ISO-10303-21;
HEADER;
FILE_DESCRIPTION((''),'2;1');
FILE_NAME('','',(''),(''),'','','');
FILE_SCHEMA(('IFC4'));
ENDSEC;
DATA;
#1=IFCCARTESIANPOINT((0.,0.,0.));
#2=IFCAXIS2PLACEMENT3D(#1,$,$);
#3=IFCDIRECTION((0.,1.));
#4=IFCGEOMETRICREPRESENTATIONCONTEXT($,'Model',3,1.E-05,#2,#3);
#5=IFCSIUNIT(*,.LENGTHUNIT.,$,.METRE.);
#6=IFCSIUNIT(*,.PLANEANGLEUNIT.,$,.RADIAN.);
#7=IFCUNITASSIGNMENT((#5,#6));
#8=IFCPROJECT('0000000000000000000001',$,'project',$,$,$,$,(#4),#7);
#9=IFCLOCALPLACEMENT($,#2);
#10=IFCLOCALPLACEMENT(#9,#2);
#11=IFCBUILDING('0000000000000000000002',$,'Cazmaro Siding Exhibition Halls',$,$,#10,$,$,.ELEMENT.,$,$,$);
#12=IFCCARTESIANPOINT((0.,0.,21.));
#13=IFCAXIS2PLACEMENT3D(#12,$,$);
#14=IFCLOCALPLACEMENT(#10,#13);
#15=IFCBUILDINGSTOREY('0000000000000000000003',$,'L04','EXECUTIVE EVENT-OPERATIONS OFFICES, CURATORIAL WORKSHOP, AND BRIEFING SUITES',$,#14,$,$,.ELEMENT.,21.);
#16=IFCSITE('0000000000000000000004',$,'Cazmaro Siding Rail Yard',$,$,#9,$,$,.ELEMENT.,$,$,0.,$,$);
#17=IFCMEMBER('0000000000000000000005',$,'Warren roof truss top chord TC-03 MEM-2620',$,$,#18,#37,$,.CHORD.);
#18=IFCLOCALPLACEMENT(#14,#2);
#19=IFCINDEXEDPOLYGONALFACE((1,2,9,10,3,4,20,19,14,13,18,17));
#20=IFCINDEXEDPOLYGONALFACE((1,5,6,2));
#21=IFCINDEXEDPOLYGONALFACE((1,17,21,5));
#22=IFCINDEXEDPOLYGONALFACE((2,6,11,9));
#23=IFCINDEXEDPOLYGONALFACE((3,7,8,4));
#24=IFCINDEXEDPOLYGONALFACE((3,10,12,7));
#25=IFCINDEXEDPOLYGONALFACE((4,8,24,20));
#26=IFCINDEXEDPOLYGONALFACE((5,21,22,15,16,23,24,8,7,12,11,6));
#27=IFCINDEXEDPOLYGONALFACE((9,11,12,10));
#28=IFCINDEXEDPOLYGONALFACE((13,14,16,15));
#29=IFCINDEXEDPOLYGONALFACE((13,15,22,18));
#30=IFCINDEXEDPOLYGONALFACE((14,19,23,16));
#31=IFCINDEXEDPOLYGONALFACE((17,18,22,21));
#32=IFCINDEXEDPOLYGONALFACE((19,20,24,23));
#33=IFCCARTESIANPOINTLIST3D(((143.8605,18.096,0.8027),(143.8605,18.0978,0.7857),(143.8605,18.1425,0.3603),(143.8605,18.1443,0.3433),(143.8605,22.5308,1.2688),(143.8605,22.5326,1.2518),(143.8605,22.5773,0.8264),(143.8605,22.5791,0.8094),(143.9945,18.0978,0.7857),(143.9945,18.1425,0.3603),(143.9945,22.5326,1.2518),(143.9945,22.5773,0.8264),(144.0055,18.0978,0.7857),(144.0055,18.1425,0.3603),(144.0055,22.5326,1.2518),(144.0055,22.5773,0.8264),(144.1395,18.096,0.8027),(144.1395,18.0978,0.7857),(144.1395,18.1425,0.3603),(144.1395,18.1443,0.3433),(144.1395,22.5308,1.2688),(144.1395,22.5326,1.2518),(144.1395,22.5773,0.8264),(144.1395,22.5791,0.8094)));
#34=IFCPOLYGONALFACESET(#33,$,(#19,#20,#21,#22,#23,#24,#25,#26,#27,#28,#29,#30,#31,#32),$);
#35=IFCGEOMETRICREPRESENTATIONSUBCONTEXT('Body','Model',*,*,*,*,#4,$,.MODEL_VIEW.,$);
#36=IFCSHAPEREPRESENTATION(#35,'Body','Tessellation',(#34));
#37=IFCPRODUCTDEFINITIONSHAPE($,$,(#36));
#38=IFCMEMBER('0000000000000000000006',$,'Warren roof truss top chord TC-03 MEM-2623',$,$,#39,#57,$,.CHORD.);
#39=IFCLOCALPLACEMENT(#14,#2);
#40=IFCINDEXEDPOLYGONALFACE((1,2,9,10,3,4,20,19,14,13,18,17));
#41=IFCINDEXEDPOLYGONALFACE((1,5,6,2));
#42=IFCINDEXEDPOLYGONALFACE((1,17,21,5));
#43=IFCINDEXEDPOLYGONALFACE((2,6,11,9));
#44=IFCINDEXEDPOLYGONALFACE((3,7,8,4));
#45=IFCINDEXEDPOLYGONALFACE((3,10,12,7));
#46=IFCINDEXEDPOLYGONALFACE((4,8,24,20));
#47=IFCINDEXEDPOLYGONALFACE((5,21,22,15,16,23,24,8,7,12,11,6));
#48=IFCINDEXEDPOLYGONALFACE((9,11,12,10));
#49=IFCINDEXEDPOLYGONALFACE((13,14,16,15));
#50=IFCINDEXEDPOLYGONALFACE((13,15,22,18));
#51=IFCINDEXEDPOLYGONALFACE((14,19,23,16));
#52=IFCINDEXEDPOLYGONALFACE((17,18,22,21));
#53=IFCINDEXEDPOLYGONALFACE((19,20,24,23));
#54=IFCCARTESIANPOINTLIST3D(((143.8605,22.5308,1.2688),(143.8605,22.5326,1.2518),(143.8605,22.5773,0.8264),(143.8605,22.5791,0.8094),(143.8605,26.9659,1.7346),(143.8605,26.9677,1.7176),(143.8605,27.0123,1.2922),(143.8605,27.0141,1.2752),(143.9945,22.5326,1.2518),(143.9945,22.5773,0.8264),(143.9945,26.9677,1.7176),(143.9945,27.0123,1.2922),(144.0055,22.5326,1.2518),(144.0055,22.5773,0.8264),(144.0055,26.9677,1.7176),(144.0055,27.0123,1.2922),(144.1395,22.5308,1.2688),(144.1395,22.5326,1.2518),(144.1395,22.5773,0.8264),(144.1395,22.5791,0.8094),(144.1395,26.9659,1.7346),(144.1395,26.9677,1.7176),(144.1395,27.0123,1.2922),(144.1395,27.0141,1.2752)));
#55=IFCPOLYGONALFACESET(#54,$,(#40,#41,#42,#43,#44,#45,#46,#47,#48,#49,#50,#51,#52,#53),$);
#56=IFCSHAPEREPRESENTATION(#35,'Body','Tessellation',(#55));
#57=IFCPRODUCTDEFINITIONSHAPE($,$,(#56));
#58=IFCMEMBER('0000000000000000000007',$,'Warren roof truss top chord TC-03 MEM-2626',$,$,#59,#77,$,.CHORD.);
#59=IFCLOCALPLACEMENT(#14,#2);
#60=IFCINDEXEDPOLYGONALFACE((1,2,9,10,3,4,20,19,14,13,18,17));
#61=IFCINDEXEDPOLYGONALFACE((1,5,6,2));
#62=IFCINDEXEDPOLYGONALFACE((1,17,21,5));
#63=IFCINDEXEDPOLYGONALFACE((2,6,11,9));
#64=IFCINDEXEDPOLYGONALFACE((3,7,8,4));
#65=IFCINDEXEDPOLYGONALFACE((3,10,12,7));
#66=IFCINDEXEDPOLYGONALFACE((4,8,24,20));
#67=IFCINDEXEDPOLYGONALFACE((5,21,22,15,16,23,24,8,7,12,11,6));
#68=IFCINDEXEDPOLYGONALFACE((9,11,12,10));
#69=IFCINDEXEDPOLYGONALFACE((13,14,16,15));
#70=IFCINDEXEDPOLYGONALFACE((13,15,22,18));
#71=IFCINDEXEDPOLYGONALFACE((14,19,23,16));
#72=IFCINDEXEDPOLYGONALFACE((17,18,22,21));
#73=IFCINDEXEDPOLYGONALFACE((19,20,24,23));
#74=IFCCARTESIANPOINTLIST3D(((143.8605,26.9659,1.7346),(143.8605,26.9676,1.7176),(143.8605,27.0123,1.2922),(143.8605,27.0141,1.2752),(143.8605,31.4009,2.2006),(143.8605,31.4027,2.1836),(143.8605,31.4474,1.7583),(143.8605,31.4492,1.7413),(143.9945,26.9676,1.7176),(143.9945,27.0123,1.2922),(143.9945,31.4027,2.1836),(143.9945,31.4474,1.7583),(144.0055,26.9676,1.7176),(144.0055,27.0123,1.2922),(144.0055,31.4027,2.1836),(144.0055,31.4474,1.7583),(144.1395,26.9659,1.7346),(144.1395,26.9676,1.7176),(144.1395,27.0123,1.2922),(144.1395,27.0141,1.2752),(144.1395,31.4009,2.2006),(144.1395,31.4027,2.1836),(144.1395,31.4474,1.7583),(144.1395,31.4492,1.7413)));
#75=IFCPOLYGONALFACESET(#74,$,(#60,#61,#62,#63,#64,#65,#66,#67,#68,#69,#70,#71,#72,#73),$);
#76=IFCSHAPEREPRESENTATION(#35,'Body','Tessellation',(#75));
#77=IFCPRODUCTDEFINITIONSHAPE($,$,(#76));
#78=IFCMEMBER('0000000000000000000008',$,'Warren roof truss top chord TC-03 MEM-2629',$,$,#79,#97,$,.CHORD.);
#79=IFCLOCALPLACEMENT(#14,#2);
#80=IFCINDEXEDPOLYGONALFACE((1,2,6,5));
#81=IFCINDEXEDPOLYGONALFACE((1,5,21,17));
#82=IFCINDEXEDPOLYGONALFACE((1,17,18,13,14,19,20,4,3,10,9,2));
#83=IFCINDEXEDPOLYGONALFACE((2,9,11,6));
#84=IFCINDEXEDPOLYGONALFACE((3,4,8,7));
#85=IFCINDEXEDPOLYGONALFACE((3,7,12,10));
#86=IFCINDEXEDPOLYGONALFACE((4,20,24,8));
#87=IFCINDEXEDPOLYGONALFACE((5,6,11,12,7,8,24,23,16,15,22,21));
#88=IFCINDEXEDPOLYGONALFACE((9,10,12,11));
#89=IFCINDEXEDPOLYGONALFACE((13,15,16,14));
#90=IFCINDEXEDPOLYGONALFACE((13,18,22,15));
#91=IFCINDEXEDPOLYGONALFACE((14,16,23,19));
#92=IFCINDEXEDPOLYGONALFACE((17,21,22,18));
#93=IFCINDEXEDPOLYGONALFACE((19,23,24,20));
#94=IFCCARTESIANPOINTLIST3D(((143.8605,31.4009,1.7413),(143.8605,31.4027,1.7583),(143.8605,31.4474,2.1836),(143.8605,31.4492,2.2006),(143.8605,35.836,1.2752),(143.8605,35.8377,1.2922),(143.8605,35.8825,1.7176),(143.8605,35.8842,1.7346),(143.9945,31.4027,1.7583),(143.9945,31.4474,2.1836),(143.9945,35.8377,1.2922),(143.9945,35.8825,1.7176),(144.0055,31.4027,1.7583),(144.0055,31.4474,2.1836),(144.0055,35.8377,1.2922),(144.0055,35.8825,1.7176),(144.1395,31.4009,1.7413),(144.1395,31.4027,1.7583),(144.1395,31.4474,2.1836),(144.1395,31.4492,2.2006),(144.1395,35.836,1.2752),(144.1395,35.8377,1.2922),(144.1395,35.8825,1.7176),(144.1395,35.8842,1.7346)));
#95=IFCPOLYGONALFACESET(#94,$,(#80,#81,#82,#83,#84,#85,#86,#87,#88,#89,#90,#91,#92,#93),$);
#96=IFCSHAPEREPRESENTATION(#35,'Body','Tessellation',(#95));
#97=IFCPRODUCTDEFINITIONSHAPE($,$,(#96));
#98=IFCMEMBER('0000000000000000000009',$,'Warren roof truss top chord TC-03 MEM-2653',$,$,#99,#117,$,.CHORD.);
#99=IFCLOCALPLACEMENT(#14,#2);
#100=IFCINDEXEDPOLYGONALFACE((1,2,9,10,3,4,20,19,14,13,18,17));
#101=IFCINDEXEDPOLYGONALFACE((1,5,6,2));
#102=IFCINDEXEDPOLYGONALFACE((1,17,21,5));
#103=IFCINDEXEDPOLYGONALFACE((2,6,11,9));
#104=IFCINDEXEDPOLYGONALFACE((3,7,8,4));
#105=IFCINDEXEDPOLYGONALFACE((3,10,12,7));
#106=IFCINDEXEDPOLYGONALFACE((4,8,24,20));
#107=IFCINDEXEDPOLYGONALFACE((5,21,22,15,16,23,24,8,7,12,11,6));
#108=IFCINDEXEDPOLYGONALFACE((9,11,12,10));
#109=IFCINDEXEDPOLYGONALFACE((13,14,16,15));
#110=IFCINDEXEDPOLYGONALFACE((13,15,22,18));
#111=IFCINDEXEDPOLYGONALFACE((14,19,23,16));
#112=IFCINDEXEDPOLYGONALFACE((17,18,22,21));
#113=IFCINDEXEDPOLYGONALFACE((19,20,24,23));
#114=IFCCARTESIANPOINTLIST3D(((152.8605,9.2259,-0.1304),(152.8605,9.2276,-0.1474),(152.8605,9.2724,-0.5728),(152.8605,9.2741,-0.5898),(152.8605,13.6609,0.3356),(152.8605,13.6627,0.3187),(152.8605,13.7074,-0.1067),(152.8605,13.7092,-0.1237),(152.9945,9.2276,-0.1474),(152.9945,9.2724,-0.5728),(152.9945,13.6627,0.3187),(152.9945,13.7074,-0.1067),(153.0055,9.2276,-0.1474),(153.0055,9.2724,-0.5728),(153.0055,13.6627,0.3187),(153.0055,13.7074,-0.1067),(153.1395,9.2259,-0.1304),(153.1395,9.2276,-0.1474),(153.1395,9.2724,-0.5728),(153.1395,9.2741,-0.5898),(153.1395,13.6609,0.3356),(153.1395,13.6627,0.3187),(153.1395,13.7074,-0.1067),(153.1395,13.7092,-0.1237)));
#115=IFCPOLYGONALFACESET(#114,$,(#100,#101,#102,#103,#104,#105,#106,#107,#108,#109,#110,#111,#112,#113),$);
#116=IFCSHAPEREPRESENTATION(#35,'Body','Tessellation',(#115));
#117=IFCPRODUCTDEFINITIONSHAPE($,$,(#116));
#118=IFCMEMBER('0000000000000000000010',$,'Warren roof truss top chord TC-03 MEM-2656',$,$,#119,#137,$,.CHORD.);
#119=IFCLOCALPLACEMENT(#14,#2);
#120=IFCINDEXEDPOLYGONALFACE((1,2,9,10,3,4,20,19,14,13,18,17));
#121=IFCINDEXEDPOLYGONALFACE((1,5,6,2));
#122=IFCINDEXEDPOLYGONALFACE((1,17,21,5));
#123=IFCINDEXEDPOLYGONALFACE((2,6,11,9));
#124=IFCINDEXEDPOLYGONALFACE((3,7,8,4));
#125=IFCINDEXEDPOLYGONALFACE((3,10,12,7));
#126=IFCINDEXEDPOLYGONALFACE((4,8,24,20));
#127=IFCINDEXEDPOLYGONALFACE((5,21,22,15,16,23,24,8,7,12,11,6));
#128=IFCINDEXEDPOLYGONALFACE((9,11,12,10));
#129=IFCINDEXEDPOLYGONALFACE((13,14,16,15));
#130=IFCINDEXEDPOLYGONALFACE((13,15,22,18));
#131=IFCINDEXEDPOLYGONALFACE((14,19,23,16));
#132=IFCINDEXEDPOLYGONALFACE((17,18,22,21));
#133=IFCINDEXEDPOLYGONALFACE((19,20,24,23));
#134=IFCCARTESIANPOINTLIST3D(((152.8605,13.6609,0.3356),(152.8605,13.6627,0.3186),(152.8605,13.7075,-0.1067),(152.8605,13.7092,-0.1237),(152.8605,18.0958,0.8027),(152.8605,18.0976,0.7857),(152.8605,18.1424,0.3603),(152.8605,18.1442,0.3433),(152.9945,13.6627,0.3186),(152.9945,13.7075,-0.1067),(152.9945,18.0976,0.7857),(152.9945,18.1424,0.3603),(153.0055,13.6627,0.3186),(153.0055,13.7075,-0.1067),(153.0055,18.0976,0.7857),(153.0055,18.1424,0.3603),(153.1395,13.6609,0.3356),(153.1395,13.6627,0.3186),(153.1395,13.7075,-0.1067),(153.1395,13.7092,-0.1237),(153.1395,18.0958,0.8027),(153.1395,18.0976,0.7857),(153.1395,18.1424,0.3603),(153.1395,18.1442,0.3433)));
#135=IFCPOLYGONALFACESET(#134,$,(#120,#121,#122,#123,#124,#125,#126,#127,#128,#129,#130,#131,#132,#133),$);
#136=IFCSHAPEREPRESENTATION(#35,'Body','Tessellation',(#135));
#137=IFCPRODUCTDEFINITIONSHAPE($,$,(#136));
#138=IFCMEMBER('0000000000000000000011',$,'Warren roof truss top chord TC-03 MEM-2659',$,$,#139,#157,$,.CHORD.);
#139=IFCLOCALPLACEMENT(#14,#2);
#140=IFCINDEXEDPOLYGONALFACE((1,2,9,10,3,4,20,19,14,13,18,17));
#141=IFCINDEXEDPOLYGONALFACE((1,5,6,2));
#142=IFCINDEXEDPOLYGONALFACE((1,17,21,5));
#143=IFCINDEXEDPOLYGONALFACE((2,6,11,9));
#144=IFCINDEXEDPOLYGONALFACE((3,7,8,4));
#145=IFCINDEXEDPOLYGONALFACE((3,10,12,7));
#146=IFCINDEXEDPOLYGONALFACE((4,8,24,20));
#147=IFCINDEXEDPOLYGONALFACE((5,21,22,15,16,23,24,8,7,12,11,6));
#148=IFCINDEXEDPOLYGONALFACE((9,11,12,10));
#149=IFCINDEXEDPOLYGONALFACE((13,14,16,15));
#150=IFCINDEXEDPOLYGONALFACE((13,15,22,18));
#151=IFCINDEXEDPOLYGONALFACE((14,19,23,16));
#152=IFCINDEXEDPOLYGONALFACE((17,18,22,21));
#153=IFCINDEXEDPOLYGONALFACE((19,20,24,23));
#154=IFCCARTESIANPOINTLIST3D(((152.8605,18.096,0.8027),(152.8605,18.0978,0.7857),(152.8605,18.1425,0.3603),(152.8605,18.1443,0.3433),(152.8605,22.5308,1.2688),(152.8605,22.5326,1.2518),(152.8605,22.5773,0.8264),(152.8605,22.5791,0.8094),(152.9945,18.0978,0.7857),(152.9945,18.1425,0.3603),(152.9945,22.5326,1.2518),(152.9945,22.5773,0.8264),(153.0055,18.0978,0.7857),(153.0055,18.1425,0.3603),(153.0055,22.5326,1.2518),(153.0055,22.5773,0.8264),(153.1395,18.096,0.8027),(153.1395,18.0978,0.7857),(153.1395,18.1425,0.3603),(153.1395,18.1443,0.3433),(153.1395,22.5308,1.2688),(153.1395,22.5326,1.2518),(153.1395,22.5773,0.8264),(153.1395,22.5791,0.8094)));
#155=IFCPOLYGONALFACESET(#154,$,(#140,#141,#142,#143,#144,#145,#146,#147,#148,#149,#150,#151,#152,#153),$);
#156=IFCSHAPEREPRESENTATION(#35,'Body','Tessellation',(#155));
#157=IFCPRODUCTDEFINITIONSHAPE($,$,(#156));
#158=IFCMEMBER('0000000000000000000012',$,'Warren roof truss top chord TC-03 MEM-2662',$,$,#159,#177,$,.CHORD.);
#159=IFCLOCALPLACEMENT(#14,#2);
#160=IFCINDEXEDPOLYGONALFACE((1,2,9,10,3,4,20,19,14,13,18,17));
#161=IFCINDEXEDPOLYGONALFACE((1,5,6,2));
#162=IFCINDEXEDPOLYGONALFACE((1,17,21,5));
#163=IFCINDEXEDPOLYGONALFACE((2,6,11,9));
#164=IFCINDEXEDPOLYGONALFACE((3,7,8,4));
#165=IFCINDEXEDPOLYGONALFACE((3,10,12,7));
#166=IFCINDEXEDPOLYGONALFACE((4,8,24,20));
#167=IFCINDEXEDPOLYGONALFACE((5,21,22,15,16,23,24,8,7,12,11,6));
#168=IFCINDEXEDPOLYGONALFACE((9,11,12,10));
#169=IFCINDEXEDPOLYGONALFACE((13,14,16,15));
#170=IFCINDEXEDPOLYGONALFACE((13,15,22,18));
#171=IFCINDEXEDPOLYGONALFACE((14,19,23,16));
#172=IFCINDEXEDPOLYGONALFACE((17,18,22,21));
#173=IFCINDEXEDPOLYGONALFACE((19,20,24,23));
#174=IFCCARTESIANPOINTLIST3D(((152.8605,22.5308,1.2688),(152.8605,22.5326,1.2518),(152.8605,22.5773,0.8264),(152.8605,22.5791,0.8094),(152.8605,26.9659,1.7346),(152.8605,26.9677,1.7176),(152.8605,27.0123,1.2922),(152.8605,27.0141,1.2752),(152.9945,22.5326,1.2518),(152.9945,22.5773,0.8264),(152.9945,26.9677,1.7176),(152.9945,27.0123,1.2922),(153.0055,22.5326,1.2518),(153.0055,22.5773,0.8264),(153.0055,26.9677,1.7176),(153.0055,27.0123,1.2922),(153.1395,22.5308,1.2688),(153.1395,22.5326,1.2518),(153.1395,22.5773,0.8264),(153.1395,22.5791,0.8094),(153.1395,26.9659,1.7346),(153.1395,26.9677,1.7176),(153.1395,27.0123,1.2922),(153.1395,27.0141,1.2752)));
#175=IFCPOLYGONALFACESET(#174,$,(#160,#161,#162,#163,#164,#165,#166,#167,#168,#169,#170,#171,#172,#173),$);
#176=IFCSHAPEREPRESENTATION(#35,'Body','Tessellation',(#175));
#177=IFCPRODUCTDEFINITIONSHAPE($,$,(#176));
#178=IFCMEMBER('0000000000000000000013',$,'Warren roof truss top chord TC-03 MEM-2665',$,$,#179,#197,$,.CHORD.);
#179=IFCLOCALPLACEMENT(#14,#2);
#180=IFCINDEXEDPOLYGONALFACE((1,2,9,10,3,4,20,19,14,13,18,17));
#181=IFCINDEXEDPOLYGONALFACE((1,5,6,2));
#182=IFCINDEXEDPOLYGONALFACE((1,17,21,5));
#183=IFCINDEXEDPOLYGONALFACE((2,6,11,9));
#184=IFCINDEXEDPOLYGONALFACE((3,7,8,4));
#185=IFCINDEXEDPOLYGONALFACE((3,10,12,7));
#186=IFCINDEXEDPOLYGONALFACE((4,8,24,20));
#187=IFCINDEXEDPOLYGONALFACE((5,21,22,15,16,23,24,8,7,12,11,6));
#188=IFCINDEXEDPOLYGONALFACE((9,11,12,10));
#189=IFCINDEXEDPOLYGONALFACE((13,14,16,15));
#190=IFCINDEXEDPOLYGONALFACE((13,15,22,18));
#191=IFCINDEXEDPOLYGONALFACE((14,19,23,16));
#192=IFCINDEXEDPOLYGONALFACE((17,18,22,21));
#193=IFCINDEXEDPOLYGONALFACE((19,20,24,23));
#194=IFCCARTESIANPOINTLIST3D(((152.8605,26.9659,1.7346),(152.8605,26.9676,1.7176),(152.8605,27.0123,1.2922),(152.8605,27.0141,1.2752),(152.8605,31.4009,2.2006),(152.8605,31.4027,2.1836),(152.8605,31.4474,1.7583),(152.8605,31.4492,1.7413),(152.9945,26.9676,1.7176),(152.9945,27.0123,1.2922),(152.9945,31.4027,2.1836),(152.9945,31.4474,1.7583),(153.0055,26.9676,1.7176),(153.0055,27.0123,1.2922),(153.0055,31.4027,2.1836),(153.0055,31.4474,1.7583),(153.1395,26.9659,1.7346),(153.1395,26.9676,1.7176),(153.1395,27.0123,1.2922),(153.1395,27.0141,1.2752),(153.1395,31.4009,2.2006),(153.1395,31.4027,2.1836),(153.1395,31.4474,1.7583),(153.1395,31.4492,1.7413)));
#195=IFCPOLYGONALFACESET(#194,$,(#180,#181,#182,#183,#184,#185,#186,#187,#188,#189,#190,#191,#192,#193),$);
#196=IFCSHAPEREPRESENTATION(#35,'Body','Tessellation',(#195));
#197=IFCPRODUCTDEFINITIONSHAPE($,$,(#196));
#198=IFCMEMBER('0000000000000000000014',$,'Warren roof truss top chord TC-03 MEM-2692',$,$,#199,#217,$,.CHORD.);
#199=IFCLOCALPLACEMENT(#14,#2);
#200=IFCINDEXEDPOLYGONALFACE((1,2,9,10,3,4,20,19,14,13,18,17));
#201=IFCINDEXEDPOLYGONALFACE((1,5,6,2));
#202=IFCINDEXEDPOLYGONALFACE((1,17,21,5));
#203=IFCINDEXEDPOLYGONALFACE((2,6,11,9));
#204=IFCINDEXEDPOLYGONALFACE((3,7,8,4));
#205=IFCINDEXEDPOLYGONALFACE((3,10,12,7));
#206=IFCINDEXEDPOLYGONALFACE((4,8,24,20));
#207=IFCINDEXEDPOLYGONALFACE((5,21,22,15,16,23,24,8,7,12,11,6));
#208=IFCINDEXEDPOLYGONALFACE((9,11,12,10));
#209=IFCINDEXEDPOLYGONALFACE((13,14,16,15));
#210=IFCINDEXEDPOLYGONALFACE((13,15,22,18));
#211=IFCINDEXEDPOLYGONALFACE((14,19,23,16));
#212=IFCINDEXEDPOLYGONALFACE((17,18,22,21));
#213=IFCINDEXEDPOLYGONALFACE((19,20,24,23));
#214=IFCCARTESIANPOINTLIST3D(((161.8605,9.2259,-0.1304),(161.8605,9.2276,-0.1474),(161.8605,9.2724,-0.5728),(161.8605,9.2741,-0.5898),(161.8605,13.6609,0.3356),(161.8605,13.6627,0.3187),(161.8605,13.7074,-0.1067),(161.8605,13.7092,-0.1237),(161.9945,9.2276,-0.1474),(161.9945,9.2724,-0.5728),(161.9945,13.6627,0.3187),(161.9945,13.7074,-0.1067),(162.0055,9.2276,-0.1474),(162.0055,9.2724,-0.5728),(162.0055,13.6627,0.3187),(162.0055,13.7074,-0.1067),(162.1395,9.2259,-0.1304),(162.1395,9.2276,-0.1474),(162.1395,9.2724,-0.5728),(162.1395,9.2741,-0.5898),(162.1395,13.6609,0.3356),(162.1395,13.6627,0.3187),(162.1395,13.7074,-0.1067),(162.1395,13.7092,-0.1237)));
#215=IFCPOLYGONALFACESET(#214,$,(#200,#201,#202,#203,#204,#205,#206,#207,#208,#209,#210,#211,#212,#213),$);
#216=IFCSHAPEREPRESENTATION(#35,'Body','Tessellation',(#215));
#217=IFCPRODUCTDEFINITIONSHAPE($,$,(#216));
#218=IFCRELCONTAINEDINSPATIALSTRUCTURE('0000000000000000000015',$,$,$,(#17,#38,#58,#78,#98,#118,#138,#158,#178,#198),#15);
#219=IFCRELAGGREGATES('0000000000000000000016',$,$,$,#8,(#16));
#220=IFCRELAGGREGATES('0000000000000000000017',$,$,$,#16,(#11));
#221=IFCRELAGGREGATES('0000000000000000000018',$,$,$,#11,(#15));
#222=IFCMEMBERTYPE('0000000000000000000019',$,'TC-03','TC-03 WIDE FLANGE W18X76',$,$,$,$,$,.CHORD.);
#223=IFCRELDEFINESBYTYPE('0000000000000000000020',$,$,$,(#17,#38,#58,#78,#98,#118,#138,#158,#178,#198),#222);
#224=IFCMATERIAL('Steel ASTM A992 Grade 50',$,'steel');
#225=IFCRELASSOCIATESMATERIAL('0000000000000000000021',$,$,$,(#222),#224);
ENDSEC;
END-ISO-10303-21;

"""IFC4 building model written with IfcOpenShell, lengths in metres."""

from ifc_helpers import new_model, si_unit, direction, frame, origin, origin_2d, place, context, subcontext, project, spatial, i_section, extrude, material, material_profile, profile_set, type_object, element, save


model = new_model("IFC4")

# Units and contexts
model_context = context("Model", 3, precision=1e-05, world=origin(), true_north=direction((0.0, 1.0)))
body_context = subcontext(model_context, "Body", "Model", "MODEL_VIEW")
ifc_project = project(units=[si_unit("LENGTHUNIT", "METRE"), si_unit("PLANEANGLEUNIT", "RADIAN")], contexts=[model_context])

# Site, building, storey
site_placement = place(None, origin())
site = spatial("IfcSite", under=ifc_project, at=site_placement, Name="Cazmaro Siding Rail Yard", CompositionType="ELEMENT", RefElevation=0.0)
building_placement = place(site_placement, origin())
building = spatial("IfcBuilding", under=site, at=building_placement, Name="Cazmaro Siding Exhibition Halls", CompositionType="ELEMENT")
storey_placement = place(building_placement, frame((0.0, 0.0, 21.0)))
storey = spatial("IfcBuildingStorey", under=building, at=storey_placement, Name="L04", Description="EXECUTIVE EVENT-OPERATIONS OFFICES, CURATORIAL WORKSHOP, AND BRIEFING SUITES", CompositionType="ELEMENT", Elevation=21.0)

# Members
ifc_material_1 = material(Name="Steel ASTM A992 Grade 50", Category="steel")
ifc_material_profile_1 = material_profile(ifc_material_1, i_section(OverallWidth=0.2791, OverallDepth=0.4619, WebThickness=0.011, FlangeThickness=0.0171, at=origin_2d()), Name="W18X76")
ifc_profile_set_1 = profile_set([ifc_material_profile_1], Name="Steel ASTM A992 Grade 50")
member_type_1 = type_object("IfcMemberType", Name="TC-03", Description="TC-03 WIDE FLANGE W18X76", PredefinedType="CHORD", material=ifc_profile_set_1)
member_1_placement = place(storey_placement, frame((144.0, 18.1201, 0.573), z_axis=(0.0, 0.994523, 0.104517), x_axis=(-1.0, 0.0, 0.0)))
element("IfcMember", 1, at=member_1_placement, inside=storey, type_object=member_type_1, Name="Warren roof truss top chord TC-03 MEM-2620", PredefinedType="CHORD", context=body_context, shape_type="SweptSolid", body=[
    extrude(i_section(OverallWidth=0.2791, OverallDepth=0.4619, WebThickness=0.011, FlangeThickness=0.0171, at=origin_2d()), origin(), (0.0, 0.0, 1.0), 4.4592),
])
for number, where, z_axis, x_axis, name in (
    (2, (144.0, 22.5549, 1.0391), (0.0, 0.994529, 0.104457), (-1.0, 0.0, 0.0), "Warren roof truss top chord TC-03 MEM-2623"),
    (3, (144.0, 26.99, 1.5049), (0.0, 0.994524, 0.104511), (-1.0, 0.0, 0.0), "Warren roof truss top chord TC-03 MEM-2626"),
    (4, (144.0, 31.425, 1.9709), (0.0, 0.994524, -0.104511), (-1.0, 0.0, 0.0), "Warren roof truss top chord TC-03 MEM-2629"),
    (5, (153.0, 9.25, -0.3601), (0.0, 0.994524, 0.104511), (-1.0, 0.0, 0.0), "Warren roof truss top chord TC-03 MEM-2653"),
    (6, (153.0, 13.6851, 0.106), (0.0, 0.994501, 0.104728), (-1.0, 0.0, 0.0), "Warren roof truss top chord TC-03 MEM-2656"),
):
    element("IfcMember", number, at=place(storey_placement, frame(where, z_axis=z_axis, x_axis=x_axis)), inside=storey, type_object=member_type_1, Name=name, PredefinedType="CHORD", context=body_context, shape_type="SweptSolid", body=[
        extrude(i_section(OverallWidth=0.2791, OverallDepth=0.4619, WebThickness=0.011, FlangeThickness=0.0171, at=origin_2d()), origin(), (0.0, 0.0, 1.0), 4.4595),
    ])
member_2_placement = place(storey_placement, frame((153.0, 18.1201, 0.573), z_axis=(0.0, 0.994523, 0.104517), x_axis=(-1.0, 0.0, 0.0)))
element("IfcMember", 7, at=member_2_placement, inside=storey, type_object=member_type_1, Name="Warren roof truss top chord TC-03 MEM-2659", PredefinedType="CHORD", context=body_context, shape_type="SweptSolid", body=[
    extrude(i_section(OverallWidth=0.2791, OverallDepth=0.4619, WebThickness=0.011, FlangeThickness=0.0171, at=origin_2d()), origin(), (0.0, 0.0, 1.0), 4.4592),
])
for number, where, z_axis, x_axis, name in (
    (8, (153.0, 22.5549, 1.0391), (0.0, 0.994529, 0.104457), (-1.0, 0.0, 0.0), "Warren roof truss top chord TC-03 MEM-2662"),
    (9, (153.0, 26.99, 1.5049), (0.0, 0.994524, 0.104511), (-1.0, 0.0, 0.0), "Warren roof truss top chord TC-03 MEM-2665"),
    (10, (162.0, 9.25, -0.3601), (0.0, 0.994524, 0.104511), (-1.0, 0.0, 0.0), "Warren roof truss top chord TC-03 MEM-2692"),
):
    element("IfcMember", number, at=place(storey_placement, frame(where, z_axis=z_axis, x_axis=x_axis)), inside=storey, type_object=member_type_1, Name=name, PredefinedType="CHORD", context=body_context, shape_type="SweptSolid", body=[
        extrude(i_section(OverallWidth=0.2791, OverallDepth=0.4619, WebThickness=0.011, FlangeThickness=0.0171, at=origin_2d()), origin(), (0.0, 0.0, 1.0), 4.4595),
    ])

save(model, "model.ifc")
